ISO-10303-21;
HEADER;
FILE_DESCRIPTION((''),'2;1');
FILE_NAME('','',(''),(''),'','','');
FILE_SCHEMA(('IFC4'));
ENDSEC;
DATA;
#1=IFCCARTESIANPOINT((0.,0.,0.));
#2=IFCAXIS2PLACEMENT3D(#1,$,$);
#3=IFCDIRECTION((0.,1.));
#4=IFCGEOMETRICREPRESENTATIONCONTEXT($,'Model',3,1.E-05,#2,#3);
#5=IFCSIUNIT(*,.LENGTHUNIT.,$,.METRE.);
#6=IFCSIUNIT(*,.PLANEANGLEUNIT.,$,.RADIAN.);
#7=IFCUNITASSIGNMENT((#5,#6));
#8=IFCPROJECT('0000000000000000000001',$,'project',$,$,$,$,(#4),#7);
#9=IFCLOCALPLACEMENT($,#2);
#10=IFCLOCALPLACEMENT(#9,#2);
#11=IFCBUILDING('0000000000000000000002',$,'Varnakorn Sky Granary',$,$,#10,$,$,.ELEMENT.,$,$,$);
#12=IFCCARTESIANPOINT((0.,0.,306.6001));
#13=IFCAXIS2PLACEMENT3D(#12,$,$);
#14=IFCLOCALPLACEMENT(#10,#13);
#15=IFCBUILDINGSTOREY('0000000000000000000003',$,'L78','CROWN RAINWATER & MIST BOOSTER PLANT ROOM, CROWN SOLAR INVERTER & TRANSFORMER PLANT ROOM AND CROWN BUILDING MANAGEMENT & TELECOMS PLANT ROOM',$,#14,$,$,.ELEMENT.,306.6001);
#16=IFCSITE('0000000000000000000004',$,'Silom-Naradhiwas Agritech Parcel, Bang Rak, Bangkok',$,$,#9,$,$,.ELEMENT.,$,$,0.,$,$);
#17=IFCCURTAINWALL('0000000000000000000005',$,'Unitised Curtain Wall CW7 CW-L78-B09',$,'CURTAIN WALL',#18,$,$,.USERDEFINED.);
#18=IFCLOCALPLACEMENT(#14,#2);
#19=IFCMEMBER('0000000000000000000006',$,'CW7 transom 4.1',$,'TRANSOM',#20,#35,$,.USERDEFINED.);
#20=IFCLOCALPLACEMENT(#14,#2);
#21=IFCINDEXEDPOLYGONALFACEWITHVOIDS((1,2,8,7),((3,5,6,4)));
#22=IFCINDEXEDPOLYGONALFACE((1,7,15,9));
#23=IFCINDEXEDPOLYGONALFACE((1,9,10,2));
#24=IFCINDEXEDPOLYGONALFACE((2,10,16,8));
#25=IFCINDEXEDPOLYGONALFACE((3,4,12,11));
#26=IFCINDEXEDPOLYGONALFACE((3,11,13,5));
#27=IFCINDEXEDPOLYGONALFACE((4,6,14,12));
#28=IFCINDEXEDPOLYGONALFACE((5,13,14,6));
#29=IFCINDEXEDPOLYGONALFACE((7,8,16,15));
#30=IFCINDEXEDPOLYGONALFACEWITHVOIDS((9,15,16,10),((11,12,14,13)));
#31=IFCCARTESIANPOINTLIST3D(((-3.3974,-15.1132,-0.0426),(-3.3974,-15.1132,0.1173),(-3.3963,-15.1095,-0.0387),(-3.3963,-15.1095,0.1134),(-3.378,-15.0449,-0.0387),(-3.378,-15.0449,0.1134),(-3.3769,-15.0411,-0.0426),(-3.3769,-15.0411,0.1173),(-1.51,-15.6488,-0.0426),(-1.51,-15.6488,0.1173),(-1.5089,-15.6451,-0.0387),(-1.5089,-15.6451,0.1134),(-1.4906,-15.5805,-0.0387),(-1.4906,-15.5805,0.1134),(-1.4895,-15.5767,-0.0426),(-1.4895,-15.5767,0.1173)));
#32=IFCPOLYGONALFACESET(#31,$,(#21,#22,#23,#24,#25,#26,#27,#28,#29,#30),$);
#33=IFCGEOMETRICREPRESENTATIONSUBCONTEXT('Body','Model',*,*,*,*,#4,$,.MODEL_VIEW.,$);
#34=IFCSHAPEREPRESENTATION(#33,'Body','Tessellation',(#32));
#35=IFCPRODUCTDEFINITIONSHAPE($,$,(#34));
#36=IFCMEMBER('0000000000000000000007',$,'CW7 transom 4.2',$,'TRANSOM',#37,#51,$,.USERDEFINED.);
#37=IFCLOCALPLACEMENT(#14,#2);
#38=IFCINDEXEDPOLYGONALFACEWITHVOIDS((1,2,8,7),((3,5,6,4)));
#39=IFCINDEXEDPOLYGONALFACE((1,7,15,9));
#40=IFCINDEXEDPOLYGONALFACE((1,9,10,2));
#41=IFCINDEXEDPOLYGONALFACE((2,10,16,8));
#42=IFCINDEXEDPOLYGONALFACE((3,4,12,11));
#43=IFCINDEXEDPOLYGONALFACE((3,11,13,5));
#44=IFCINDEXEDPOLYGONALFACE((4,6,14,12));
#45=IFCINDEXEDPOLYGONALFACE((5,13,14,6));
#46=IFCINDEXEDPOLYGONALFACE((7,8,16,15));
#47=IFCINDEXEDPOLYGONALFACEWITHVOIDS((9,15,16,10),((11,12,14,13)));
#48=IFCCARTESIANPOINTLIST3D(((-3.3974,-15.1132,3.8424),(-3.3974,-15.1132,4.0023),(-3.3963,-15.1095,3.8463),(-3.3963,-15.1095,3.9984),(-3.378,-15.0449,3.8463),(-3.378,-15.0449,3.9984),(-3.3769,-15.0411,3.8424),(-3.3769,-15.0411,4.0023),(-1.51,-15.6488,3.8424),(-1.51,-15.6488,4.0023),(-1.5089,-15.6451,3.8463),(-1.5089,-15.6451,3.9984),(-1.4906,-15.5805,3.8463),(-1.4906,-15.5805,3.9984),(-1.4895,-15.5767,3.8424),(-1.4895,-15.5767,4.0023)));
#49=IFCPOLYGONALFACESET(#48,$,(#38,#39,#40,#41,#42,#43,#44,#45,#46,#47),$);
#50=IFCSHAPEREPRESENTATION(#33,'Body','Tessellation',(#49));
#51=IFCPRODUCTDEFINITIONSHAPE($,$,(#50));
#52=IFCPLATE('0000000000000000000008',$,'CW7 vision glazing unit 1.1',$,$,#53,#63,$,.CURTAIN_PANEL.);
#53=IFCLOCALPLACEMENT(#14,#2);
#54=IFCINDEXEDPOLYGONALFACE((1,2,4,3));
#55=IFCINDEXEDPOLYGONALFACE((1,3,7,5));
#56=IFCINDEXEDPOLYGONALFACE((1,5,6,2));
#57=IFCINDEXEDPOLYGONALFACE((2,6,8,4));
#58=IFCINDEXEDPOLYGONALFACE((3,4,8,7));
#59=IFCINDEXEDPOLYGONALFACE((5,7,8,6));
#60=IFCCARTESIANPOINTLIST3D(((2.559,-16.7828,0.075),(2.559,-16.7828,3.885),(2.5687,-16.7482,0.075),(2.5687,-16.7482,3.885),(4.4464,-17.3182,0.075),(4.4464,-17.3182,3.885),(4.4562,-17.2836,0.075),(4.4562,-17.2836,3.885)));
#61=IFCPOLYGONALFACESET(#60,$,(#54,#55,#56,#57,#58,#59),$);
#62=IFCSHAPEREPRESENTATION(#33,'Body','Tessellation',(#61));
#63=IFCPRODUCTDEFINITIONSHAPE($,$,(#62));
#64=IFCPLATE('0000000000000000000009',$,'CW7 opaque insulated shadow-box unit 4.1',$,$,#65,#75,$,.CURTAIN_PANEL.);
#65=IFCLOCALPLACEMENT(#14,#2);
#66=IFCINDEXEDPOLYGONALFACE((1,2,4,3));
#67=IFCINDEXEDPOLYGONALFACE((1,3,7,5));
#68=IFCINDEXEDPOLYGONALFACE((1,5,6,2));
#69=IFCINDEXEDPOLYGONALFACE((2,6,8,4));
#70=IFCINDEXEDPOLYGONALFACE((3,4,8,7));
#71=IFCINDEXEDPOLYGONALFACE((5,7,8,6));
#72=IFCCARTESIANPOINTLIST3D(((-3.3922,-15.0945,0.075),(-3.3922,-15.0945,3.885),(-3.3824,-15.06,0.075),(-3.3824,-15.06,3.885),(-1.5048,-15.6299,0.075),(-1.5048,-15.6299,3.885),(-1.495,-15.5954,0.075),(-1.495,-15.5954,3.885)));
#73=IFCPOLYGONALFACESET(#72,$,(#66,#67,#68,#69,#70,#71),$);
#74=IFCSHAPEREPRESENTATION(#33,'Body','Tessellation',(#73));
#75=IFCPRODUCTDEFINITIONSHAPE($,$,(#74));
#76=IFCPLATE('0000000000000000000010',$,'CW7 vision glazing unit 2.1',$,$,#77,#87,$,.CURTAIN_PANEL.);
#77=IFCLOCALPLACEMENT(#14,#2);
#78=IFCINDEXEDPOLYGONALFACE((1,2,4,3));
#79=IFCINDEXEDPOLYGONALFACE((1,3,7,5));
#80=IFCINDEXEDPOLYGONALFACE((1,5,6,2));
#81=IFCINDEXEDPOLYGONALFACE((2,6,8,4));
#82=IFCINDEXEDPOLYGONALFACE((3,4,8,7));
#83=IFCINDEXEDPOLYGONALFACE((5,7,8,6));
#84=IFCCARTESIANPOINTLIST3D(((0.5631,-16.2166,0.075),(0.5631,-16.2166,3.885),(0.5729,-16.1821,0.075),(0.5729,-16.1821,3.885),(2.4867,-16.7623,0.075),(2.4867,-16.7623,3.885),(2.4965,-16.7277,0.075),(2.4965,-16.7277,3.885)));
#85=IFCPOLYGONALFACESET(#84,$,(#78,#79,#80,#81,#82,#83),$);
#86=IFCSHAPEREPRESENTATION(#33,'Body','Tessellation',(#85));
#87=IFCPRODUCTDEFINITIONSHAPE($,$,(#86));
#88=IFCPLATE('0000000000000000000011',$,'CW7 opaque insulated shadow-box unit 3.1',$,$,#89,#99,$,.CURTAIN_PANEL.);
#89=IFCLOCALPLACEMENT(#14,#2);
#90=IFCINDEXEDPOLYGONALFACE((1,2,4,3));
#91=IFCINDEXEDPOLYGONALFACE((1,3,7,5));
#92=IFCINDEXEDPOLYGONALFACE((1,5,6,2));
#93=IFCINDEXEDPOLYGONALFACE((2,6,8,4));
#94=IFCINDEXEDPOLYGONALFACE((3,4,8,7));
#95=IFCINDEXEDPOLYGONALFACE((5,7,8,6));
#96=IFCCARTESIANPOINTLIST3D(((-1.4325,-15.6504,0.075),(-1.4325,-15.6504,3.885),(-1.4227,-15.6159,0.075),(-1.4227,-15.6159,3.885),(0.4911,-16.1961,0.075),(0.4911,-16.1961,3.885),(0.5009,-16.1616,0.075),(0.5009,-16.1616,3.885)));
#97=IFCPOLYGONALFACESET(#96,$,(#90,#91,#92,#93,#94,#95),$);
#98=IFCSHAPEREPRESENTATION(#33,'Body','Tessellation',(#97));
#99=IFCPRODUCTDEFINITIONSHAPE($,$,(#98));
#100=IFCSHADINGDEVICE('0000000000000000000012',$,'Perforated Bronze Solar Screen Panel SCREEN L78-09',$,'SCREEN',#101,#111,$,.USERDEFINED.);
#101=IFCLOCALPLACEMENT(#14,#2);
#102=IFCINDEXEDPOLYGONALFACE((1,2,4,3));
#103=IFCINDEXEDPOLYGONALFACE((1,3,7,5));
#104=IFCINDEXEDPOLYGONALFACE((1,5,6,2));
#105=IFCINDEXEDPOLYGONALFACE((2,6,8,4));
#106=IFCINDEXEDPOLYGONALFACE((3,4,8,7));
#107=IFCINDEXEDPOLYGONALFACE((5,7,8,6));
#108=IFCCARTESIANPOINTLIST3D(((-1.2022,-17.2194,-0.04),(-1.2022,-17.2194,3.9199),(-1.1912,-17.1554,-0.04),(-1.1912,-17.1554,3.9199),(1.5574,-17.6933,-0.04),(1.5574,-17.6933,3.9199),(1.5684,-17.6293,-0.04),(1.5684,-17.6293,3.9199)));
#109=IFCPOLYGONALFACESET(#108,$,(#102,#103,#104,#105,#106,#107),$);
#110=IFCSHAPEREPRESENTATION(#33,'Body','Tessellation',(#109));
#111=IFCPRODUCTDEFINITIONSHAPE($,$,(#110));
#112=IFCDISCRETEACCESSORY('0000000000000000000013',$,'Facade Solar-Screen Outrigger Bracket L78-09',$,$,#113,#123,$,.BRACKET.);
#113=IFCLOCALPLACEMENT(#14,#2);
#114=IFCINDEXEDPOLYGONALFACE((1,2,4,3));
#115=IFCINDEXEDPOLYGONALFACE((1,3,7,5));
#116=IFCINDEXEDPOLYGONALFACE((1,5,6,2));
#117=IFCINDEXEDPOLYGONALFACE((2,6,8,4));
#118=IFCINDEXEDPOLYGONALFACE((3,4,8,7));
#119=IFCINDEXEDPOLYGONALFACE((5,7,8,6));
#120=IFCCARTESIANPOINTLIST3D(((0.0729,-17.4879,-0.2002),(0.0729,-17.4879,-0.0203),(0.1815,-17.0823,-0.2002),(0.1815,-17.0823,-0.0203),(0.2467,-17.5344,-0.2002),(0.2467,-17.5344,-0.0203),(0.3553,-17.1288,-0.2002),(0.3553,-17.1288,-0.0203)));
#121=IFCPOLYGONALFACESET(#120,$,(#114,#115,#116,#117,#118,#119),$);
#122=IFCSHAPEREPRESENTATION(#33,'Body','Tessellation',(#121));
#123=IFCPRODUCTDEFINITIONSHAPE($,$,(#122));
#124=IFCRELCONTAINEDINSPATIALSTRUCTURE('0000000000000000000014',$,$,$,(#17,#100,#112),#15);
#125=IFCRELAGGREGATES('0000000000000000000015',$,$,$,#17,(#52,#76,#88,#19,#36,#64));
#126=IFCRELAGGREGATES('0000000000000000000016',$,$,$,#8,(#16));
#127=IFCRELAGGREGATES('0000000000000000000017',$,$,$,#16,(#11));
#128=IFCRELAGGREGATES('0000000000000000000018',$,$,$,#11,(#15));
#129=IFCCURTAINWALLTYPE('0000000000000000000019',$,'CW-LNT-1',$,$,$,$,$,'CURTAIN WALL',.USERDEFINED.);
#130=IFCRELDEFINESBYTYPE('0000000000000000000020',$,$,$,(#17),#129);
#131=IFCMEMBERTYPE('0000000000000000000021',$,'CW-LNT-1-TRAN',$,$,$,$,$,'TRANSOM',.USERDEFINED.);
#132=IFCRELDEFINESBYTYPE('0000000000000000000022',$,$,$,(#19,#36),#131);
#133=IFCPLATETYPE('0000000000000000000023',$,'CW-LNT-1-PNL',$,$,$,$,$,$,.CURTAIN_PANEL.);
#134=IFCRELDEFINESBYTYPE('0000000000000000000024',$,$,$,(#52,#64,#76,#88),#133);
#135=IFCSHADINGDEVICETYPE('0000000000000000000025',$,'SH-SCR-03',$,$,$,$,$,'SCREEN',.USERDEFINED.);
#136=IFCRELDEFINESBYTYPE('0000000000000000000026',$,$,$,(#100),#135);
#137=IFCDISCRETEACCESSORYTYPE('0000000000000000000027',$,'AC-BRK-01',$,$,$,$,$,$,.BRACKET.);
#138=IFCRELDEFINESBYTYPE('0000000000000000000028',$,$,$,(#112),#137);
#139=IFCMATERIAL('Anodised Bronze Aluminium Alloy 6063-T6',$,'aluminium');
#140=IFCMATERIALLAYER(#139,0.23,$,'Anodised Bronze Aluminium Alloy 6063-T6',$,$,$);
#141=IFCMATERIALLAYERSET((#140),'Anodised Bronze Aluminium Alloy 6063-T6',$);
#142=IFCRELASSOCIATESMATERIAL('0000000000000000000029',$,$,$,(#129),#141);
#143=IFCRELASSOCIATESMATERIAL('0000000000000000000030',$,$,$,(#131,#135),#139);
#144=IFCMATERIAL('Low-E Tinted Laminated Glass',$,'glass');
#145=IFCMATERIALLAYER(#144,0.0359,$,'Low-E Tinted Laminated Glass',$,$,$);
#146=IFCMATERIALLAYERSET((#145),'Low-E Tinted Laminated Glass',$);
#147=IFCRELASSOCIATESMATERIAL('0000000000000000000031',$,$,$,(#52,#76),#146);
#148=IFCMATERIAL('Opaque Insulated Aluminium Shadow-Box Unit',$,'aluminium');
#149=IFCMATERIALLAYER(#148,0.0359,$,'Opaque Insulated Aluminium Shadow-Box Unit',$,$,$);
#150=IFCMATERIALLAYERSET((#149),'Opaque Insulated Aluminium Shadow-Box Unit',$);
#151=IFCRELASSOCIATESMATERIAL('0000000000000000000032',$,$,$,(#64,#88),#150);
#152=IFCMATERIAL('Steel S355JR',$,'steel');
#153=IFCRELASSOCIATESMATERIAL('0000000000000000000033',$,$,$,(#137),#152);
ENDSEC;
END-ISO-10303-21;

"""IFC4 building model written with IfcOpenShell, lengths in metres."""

from ifc_helpers import new_model, si_unit, direction, frame, origin, origin_2d, place, context, subcontext, project, spatial, rectangle, hollow_rectangle, extrude, source, transform, mapped, material, layer, layer_set, material_profile, profile_set, type_object, type_shapes, element, aggregate, save


model = new_model("IFC4")

# Units and contexts
model_context = context("Model", 3, precision=1e-05, world=origin(), true_north=direction((0.0, 1.0)))
body_context = subcontext(model_context, "Body", "Model", "MODEL_VIEW")
ifc_project = project(units=[si_unit("LENGTHUNIT", "METRE"), si_unit("PLANEANGLEUNIT", "RADIAN")], contexts=[model_context])

# Site, building, storey
site_placement = place(None, origin())
site = spatial("IfcSite", under=ifc_project, at=site_placement, Name="Silom-Naradhiwas Agritech Parcel, Bang Rak, Bangkok", CompositionType="ELEMENT", RefElevation=0.0)
building_placement = place(site_placement, origin())
building = spatial("IfcBuilding", under=site, at=building_placement, Name="Varnakorn Sky Granary", CompositionType="ELEMENT")
storey_placement = place(building_placement, frame((0.0, 0.0, 306.6001)))
storey = spatial("IfcBuildingStorey", under=building, at=storey_placement, Name="L78", Description="CROWN RAINWATER & MIST BOOSTER PLANT ROOM, CROWN SOLAR INVERTER & TRANSFORMER PLANT ROOM AND CROWN BUILDING MANAGEMENT & TELECOMS PLANT ROOM", CompositionType="ELEMENT", Elevation=306.6001)

# Shared definitions
ifc_material_1 = material(Name="Steel S355JR", Category="steel")

# Curtain wall
ifc_material_2 = material(Name="Anodised Bronze Aluminium Alloy 6063-T6", Category="aluminium")
ifc_layer_1 = layer(ifc_material_2, 0.23, Name="Anodised Bronze Aluminium Alloy 6063-T6")
ifc_layer_set_1 = layer_set([ifc_layer_1], Name="Anodised Bronze Aluminium Alloy 6063-T6")
curtain_wall_type = type_object("IfcCurtainWallType", Name="CW-LNT-1", ElementType="CURTAIN WALL", PredefinedType="USERDEFINED", material=ifc_layer_set_1)
curtain_wall_1_placement = place(storey_placement, origin())
curtain_wall_1 = element("IfcCurtainWall", 1, at=curtain_wall_1_placement, inside=storey, type_object=curtain_wall_type, Name="Unitised Curtain Wall CW7 CW-L78-B09", ObjectType="CURTAIN WALL", PredefinedType="USERDEFINED")

# Members
ifc_material_profile_1 = material_profile(ifc_material_2, hollow_rectangle(XDim=0.075, YDim=0.1599, WallThickness=0.0039, at=origin_2d()), Name="ALU TRAN 75x160")
ifc_profile_set_1 = profile_set([ifc_material_profile_1], Name="Anodised Bronze Aluminium Alloy 6063-T6")
member_type_1 = type_object("IfcMemberType", Name="CW-LNT-1-TRAN", ElementType="TRANSOM", PredefinedType="USERDEFINED", material=ifc_profile_set_1)
member_1_placement = place(storey_placement, frame((-1.4998, -15.6128, 0.0374), z_axis=(-0.962011, 0.273011, 0.0), x_axis=(-0.273011, -0.962011, 0.0)))
member_1 = element("IfcMember", 2, at=member_1_placement, type_object=member_type_1, Name="CW7 transom 4.1", ObjectType="TRANSOM", PredefinedType="USERDEFINED", context=body_context, shape_type="SweptSolid", body=[
    extrude(hollow_rectangle(XDim=0.075, YDim=0.1599, WallThickness=0.0039, at=origin_2d()), origin(), (0.0, 0.0, 1.0), 1.9619),
])
member_2_placement = place(storey_placement, frame((-1.4998, -15.6128, 3.9224), z_axis=(-0.962011, 0.273011, 0.0), x_axis=(-0.273011, -0.962011, 0.0)))
member_2 = element("IfcMember", 3, at=member_2_placement, type_object=member_type_1, Name="CW7 transom 4.2", ObjectType="TRANSOM", PredefinedType="USERDEFINED", context=body_context, shape_type="SweptSolid", body=[
    extrude(hollow_rectangle(XDim=0.075, YDim=0.1599, WallThickness=0.0039, at=origin_2d()), origin(), (0.0, 0.0, 1.0), 1.9619),
])

# Plates
ifc_material_3 = material(Name="Low-E Tinted Laminated Glass", Category="glass")
ifc_layer_2 = layer(ifc_material_3, 0.0359, Name="Low-E Tinted Laminated Glass")
ifc_layer_set_2 = layer_set([ifc_layer_2], Name="Low-E Tinted Laminated Glass")
plate_type = type_object("IfcPlateType", Name="CW-LNT-1-PNL", PredefinedType="CURTAIN_PANEL")
shared_shape_1 = source(origin(), body_context, "Body", "SweptSolid", [
    extrude(rectangle(XDim=1.9619, YDim=0.0359, at=origin_2d()), origin(), (0.0, 0.0, 1.0), 3.8101),
])
plate_1_placement = place(storey_placement, frame((3.5076, -17.0332, 0.075), z_axis=(0.0, 0.0, 1.0), x_axis=(-0.962041, 0.272905, 0.0)))
plate_1 = element("IfcPlate", 4, at=plate_1_placement, type_object=plate_type, material=ifc_layer_set_2, Name="CW7 vision glazing unit 1.1", PredefinedType="CURTAIN_PANEL", context=body_context, shape_type="MappedRepresentation", body=[
    mapped(shared_shape_1, transform((0.0, 0.0, 0.0), x_axis=(1.0, 0.0, 0.0), y_axis=(0.0, 1.0, 0.0), z_axis=(0.0, 0.0, 1.0), scale=1.0)),
])
ifc_material_4 = material(Name="Opaque Insulated Aluminium Shadow-Box Unit", Category="aluminium")
ifc_layer_3 = layer(ifc_material_4, 0.0359, Name="Opaque Insulated Aluminium Shadow-Box Unit")
ifc_layer_set_3 = layer_set([ifc_layer_3], Name="Opaque Insulated Aluminium Shadow-Box Unit")
plate_2_placement = place(storey_placement, frame((-2.4436, -15.345, 0.075), z_axis=(0.0, 0.0, 1.0), x_axis=(-0.962041, 0.272905, 0.0)))
plate_2 = element("IfcPlate", 5, at=plate_2_placement, type_object=plate_type, material=ifc_layer_set_3, Name="CW7 opaque insulated shadow-box unit 4.1", PredefinedType="CURTAIN_PANEL", context=body_context, shape_type="MappedRepresentation", body=[
    mapped(shared_shape_1, transform((0.0, 0.0, 0.0), x_axis=(1.0, 0.0, 0.0), y_axis=(0.0, 1.0, 0.0), z_axis=(0.0, 0.0, 1.0), scale=1.0)),
])
shared_shape_2 = source(origin(), body_context, "Body", "SweptSolid", [
    extrude(rectangle(XDim=1.9995, YDim=0.0359, at=origin_2d()), origin(), (0.0, 0.0, 1.0), 3.8101),
])
type_shapes(plate_type, [shared_shape_1, shared_shape_2])
plate_3_placement = place(storey_placement, frame((1.5298, -16.4722, 0.075), z_axis=(0.0, 0.0, 1.0), x_axis=(-0.962041, 0.272905, 0.0)))
plate_3 = element("IfcPlate", 6, at=plate_3_placement, type_object=plate_type, material=ifc_layer_set_2, Name="CW7 vision glazing unit 2.1", PredefinedType="CURTAIN_PANEL", context=body_context, shape_type="MappedRepresentation", body=[
    mapped(shared_shape_2, transform((0.0, 0.0, 0.0), x_axis=(1.0, 0.0, 0.0), y_axis=(0.0, 1.0, 0.0), z_axis=(0.0, 0.0, 1.0), scale=1.0)),
])
plate_4_placement = place(storey_placement, frame((-0.4658, -15.906, 0.075), z_axis=(0.0, 0.0, 1.0), x_axis=(-0.962041, 0.272905, 0.0)))
plate_4 = element("IfcPlate", 7, at=plate_4_placement, type_object=plate_type, material=ifc_layer_set_3, Name="CW7 opaque insulated shadow-box unit 3.1", PredefinedType="CURTAIN_PANEL", context=body_context, shape_type="MappedRepresentation", body=[
    mapped(shared_shape_2, transform((0.0, 0.0, 0.0), x_axis=(1.0, 0.0, 0.0), y_axis=(0.0, 1.0, 0.0), z_axis=(0.0, 0.0, 1.0), scale=1.0)),
])
aggregate(curtain_wall_1, [plate_1, plate_3, plate_4, member_1, member_2, plate_2])

# Shading device
shading_device_type = type_object("IfcShadingDeviceType", Name="SH-SCR-03", ElementType="SCREEN", PredefinedType="USERDEFINED", material=ifc_material_2)
shared_shape_3 = source(origin(), body_context, "Body", "SweptSolid", [
    extrude(rectangle(XDim=2.8, YDim=0.0649, at=origin_2d()), origin(), (0.0, 0.0, 1.0), 3.96),
])
type_shapes(shading_device_type, [shared_shape_3])
shading_device_placement = place(storey_placement, frame((0.1831, -17.4243, -0.04), z_axis=(0.0, 0.0, 1.0), x_axis=(0.985573, -0.169252, 0.0)))
element("IfcShadingDevice", 8, at=shading_device_placement, inside=storey, type_object=shading_device_type, Name="Perforated Bronze Solar Screen Panel SCREEN L78-09", ObjectType="SCREEN", PredefinedType="USERDEFINED", context=body_context, shape_type="MappedRepresentation", body=[
    mapped(shared_shape_3, transform((0.0, 0.0, 0.0), x_axis=(1.0, 0.0, 0.0), y_axis=(0.0, 1.0, 0.0), z_axis=(0.0, 0.0, 1.0), scale=1.0)),
])

# Discrete accessory
discrete_accessory_type = type_object("IfcDiscreteAccessoryType", Name="AC-BRK-01", PredefinedType="BRACKET", material=ifc_material_1)
shared_shape_4 = source(origin(), body_context, "Body", "SweptSolid", [
    extrude(rectangle(XDim=0.1799, YDim=0.4199, at=origin_2d()), origin(), (0.0, 0.0, 1.0), 0.1799),
])
type_shapes(discrete_accessory_type, [shared_shape_4])
discrete_accessory_placement = place(storey_placement, frame((0.2141, -17.3083, -0.2002), z_axis=(0.0, 0.0, 1.0), x_axis=(0.965951, -0.258724, 0.0)))
element("IfcDiscreteAccessory", 9, at=discrete_accessory_placement, inside=storey, type_object=discrete_accessory_type, Name="Facade Solar-Screen Outrigger Bracket L78-09", PredefinedType="BRACKET", context=body_context, shape_type="MappedRepresentation", body=[
    mapped(shared_shape_4, transform((0.0, 0.0, 0.0), x_axis=(1.0, 0.0, 0.0), y_axis=(0.0, 1.0, 0.0), z_axis=(0.0, 0.0, 1.0), scale=1.0)),
])

save(model, "model.ifc")
